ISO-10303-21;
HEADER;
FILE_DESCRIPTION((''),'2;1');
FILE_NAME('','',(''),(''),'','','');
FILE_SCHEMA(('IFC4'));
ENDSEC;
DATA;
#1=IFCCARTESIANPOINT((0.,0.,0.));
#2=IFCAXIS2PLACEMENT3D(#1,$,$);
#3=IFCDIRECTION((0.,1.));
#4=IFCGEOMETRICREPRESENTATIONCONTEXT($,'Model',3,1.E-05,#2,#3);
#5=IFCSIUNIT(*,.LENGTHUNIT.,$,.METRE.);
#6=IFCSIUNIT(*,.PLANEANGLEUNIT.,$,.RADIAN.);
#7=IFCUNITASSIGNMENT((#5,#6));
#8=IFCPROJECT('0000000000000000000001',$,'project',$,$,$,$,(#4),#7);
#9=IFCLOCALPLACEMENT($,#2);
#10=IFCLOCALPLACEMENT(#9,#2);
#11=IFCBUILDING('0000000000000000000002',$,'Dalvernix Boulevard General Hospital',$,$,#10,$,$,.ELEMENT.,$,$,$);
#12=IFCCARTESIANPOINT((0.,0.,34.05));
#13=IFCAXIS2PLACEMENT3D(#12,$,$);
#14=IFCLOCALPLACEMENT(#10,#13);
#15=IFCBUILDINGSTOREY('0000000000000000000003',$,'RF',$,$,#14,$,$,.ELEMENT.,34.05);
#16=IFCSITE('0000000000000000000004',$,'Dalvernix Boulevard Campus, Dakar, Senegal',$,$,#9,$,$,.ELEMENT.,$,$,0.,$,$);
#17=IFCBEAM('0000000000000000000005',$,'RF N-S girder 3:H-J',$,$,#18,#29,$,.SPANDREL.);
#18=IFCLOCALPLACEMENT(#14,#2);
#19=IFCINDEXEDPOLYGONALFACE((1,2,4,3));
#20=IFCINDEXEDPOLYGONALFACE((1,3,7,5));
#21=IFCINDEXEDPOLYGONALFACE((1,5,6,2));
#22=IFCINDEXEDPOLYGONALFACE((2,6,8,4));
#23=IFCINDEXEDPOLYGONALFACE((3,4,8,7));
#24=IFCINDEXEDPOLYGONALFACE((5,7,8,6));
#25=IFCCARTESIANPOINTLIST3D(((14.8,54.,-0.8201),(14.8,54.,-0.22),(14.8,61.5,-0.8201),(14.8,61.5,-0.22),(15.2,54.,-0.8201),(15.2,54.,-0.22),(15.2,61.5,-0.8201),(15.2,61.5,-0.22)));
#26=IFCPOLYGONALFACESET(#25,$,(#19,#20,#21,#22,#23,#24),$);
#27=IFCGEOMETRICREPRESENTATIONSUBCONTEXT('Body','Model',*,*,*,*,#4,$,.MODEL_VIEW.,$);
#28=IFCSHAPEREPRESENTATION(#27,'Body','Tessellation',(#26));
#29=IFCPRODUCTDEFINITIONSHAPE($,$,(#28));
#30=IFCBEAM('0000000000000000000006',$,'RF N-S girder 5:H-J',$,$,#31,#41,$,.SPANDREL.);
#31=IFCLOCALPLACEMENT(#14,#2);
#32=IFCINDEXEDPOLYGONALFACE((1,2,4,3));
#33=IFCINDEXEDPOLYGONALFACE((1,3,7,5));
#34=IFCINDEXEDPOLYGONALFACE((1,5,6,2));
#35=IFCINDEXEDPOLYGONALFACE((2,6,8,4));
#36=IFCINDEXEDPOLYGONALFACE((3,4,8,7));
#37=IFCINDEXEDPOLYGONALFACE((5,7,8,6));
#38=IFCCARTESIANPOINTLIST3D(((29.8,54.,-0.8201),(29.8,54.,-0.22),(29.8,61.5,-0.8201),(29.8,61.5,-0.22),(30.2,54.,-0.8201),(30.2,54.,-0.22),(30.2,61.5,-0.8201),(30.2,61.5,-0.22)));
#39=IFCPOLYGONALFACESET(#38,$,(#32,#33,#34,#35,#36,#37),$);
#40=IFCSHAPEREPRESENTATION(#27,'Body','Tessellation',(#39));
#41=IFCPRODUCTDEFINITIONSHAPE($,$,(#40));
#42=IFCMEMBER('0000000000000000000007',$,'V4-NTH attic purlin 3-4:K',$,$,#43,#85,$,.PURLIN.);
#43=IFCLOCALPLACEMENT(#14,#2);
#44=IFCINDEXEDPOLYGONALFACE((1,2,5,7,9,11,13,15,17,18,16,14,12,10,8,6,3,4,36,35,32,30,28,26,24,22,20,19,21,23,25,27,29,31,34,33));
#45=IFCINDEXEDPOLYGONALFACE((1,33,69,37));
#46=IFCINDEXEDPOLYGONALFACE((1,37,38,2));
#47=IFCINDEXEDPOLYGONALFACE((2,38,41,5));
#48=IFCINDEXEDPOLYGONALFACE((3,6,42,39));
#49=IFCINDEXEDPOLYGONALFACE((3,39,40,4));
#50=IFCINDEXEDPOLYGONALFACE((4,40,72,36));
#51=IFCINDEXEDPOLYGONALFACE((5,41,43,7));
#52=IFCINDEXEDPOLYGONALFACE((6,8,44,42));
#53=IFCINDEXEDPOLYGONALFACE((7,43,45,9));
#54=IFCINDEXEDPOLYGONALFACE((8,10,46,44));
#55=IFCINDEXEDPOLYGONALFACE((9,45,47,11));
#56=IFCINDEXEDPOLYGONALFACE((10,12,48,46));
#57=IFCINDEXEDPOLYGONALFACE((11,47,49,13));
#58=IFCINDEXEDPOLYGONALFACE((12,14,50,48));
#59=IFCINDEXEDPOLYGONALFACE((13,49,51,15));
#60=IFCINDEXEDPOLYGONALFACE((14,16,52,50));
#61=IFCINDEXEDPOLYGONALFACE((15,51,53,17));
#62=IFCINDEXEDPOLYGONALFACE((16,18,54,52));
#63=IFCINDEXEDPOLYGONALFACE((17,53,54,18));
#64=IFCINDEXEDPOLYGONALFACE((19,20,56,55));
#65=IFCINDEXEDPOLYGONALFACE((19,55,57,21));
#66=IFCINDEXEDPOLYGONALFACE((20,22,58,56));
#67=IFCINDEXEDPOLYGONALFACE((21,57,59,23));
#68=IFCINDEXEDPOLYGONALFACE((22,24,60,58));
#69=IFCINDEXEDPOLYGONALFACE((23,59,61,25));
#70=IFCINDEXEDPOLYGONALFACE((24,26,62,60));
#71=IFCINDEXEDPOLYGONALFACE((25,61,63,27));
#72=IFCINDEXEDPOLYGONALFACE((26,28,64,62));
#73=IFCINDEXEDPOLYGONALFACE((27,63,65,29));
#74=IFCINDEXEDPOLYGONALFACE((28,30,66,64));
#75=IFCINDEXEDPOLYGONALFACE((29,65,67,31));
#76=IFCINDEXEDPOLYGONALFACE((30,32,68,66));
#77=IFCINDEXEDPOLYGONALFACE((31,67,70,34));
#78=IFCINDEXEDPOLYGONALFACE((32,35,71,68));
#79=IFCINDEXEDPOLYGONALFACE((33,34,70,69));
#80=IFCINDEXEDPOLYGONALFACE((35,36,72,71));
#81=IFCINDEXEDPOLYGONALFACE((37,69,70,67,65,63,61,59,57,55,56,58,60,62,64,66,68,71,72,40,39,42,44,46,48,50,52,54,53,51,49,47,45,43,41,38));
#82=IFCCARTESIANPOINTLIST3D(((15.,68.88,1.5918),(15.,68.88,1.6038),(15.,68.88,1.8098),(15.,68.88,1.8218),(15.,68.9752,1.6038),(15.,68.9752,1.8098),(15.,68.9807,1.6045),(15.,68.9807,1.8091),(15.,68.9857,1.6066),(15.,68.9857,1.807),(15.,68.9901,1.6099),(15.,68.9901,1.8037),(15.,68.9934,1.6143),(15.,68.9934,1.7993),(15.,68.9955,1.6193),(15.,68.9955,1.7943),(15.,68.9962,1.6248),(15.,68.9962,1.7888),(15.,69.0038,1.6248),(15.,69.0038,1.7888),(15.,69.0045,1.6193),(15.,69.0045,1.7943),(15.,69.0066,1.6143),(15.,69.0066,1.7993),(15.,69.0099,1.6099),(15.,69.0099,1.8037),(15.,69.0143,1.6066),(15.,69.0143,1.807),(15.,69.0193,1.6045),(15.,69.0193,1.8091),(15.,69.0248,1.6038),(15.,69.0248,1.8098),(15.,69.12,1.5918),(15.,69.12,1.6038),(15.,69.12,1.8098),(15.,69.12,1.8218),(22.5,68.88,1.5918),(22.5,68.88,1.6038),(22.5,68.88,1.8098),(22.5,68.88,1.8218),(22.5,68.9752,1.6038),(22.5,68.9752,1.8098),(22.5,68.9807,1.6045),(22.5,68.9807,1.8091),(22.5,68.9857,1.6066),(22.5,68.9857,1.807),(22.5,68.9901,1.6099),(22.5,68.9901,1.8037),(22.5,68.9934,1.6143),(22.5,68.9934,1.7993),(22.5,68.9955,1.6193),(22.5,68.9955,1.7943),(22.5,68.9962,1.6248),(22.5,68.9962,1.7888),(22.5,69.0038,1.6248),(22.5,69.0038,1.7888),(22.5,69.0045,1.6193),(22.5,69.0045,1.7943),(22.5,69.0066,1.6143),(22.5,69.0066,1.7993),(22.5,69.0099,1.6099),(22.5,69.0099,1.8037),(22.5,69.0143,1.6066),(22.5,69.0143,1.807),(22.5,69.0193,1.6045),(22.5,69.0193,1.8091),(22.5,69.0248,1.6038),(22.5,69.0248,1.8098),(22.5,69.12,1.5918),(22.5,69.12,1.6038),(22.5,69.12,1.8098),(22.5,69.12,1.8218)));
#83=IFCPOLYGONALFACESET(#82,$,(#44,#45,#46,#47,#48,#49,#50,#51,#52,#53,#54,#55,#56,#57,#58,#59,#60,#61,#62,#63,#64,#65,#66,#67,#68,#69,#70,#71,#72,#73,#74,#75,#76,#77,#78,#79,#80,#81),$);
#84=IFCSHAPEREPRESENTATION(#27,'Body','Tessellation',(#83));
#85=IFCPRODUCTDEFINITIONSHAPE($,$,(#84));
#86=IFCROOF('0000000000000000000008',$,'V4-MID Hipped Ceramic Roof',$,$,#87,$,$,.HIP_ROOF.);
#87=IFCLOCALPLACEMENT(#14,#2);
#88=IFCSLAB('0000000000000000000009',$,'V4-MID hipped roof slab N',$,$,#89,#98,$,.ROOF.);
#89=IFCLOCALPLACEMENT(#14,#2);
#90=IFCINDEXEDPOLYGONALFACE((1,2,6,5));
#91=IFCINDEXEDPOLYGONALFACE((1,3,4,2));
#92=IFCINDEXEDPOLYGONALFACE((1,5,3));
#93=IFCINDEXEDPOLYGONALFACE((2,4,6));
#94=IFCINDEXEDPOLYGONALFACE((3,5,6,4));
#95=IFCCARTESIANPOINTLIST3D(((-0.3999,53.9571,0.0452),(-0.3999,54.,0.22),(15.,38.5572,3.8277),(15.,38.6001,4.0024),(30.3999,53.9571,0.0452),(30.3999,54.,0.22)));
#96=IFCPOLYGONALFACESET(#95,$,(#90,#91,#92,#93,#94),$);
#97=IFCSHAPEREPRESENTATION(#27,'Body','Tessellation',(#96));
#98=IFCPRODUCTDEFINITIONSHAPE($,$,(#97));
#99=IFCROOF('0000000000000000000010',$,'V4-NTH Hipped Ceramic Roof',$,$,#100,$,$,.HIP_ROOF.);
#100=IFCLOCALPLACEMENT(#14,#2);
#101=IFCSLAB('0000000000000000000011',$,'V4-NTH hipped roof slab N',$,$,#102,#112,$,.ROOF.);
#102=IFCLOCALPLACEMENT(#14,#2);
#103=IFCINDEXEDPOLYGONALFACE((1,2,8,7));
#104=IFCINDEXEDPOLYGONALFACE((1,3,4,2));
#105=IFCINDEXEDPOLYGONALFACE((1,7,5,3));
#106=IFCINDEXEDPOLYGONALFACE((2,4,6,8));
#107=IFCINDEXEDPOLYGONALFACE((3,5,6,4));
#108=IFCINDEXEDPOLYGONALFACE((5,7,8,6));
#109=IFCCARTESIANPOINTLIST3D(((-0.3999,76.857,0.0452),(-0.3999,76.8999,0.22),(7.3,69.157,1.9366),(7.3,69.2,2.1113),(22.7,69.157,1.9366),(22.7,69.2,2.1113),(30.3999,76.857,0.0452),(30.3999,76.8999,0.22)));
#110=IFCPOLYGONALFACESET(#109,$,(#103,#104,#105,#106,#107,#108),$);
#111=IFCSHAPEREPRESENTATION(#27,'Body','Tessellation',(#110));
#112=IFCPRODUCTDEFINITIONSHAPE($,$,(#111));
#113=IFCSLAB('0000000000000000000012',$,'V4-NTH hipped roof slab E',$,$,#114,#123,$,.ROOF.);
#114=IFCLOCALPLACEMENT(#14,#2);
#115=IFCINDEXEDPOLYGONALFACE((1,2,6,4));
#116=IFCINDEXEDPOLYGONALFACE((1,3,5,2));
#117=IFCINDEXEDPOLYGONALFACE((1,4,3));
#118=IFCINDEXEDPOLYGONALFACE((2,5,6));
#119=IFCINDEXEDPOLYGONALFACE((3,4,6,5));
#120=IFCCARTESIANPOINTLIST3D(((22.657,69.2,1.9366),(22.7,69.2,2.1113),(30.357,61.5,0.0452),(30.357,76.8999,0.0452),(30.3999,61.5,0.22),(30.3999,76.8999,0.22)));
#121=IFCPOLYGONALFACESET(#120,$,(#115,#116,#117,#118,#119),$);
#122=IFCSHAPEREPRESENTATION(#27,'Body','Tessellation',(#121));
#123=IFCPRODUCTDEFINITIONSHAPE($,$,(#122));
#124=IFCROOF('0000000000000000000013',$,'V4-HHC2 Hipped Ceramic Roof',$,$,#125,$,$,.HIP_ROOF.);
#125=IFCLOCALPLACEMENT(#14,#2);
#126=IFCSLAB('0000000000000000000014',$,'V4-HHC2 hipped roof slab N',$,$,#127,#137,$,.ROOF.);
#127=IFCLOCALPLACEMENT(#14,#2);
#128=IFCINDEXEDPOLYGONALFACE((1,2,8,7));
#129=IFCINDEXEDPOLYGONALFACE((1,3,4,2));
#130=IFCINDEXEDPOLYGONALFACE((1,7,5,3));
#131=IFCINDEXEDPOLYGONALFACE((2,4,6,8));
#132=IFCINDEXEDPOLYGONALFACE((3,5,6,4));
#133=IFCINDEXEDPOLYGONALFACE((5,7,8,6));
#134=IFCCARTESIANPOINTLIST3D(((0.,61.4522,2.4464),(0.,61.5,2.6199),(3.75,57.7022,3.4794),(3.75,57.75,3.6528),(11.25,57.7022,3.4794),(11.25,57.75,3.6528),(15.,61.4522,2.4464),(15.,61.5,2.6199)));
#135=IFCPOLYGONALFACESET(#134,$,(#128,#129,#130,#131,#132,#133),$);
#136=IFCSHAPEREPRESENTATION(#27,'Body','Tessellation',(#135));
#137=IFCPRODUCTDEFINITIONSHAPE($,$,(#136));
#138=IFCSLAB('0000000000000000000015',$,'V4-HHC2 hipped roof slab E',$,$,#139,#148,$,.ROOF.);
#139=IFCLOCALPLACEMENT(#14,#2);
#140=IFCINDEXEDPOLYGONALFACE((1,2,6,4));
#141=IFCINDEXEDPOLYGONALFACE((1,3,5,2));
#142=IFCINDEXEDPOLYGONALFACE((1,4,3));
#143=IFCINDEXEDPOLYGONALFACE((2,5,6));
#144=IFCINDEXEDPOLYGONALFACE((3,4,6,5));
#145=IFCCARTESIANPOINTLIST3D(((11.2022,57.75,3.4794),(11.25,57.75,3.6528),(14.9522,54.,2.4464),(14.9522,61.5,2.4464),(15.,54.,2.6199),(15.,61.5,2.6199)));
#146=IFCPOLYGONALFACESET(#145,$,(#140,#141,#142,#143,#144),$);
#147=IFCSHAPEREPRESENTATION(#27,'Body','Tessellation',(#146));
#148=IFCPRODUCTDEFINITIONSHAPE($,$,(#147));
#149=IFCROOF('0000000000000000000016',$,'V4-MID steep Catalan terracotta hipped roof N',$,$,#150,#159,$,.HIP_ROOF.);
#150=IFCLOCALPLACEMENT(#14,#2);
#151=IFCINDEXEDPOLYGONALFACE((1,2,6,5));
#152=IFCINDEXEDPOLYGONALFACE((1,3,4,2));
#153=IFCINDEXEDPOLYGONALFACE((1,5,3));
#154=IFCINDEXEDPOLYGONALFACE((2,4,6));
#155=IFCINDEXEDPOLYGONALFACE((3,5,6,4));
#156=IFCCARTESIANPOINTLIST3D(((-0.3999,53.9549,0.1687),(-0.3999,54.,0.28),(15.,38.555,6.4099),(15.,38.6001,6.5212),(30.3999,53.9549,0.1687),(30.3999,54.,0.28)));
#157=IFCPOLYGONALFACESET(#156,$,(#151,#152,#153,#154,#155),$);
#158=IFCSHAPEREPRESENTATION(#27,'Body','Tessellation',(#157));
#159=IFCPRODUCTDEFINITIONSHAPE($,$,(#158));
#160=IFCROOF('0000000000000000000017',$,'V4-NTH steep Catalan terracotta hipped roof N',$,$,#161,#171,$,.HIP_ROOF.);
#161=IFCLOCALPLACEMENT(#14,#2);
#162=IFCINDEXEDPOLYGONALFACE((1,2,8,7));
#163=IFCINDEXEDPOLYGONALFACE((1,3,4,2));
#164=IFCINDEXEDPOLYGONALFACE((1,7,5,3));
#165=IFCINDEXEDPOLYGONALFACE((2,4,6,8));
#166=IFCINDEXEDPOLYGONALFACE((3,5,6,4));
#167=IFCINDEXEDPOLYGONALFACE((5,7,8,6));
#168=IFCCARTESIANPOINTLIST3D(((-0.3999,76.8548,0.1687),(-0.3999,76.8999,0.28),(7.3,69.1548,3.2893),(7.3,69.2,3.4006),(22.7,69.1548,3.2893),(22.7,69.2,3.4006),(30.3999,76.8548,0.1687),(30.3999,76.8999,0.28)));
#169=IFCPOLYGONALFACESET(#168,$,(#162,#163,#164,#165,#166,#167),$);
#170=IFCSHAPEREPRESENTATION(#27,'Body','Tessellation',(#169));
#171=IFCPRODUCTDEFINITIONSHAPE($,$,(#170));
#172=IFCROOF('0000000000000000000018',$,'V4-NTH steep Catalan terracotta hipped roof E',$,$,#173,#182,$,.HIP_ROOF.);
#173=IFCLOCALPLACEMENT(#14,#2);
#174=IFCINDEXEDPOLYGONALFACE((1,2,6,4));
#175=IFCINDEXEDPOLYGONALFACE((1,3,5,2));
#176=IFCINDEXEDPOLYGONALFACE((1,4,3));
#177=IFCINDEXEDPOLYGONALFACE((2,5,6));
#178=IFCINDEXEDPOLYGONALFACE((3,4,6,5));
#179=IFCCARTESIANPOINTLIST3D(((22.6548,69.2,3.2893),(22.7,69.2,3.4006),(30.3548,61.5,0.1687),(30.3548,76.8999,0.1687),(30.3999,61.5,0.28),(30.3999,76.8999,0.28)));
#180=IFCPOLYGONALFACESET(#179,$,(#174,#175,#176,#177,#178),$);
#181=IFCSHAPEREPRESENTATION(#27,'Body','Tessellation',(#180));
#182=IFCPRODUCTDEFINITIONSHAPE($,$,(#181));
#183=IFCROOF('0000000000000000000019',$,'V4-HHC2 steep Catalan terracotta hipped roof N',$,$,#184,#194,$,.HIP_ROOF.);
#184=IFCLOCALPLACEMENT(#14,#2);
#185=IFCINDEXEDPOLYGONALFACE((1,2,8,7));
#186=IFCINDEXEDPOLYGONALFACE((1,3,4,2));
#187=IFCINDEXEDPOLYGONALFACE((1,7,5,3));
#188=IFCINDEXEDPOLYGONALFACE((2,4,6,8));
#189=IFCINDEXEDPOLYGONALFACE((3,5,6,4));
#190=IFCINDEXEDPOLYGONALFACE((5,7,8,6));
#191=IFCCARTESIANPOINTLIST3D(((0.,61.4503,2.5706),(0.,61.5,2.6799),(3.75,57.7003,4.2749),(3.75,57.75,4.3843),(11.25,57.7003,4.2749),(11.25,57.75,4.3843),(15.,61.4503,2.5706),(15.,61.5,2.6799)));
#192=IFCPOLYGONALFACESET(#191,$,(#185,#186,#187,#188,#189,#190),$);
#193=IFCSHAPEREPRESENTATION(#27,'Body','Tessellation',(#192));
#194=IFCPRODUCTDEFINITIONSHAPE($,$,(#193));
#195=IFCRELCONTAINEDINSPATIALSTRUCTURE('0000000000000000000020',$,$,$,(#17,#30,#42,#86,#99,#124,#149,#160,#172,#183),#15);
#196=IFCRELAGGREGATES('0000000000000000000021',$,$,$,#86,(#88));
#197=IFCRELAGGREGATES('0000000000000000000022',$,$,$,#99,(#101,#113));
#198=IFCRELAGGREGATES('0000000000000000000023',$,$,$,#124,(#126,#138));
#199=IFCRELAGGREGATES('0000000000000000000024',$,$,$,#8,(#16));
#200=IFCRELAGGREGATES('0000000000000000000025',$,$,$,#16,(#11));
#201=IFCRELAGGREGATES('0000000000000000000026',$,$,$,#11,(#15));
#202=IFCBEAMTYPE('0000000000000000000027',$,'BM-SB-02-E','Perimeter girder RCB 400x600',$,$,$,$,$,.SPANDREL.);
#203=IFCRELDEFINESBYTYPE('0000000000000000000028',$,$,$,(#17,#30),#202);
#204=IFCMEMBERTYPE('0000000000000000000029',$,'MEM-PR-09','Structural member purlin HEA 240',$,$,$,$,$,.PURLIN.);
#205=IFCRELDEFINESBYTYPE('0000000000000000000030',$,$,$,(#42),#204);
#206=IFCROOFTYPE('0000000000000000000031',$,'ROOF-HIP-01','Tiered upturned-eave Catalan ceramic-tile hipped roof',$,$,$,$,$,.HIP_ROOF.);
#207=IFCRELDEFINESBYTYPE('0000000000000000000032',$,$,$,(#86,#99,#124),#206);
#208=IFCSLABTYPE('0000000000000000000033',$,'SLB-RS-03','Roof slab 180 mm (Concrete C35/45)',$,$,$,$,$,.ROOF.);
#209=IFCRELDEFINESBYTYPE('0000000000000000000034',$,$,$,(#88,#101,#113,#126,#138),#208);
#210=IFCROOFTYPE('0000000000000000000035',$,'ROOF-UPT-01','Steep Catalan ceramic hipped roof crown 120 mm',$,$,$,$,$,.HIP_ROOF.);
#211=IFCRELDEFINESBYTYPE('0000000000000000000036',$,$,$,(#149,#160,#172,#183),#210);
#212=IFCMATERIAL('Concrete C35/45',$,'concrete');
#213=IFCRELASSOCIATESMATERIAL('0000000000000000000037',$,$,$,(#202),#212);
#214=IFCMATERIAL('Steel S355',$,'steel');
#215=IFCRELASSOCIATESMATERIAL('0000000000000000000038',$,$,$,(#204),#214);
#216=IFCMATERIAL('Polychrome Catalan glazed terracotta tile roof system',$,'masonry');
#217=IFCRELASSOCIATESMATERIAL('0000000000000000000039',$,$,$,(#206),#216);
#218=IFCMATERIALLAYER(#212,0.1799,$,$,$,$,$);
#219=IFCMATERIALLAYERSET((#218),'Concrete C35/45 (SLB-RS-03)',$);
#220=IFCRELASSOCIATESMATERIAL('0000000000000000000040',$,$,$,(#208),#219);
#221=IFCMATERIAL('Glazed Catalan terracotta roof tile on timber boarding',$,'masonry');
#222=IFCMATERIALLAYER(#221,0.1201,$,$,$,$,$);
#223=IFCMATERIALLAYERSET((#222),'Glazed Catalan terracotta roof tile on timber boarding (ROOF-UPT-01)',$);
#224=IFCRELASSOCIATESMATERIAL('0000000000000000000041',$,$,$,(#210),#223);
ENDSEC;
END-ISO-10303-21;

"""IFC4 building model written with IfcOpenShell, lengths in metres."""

from ifc_helpers import new_model, si_unit, direction, frame, origin, origin_2d, place, context, subcontext, project, spatial, polyline, rectangle, i_section, outline, extrude, material, layer, layer_set, material_profile, profile_set, type_object, element, aggregate, save


model = new_model("IFC4")

# Units and contexts
model_context = context("Model", 3, precision=1e-05, world=origin(), true_north=direction((0.0, 1.0)))
body_context = subcontext(model_context, "Body", "Model", "MODEL_VIEW")
ifc_project = project(units=[si_unit("LENGTHUNIT", "METRE"), si_unit("PLANEANGLEUNIT", "RADIAN")], contexts=[model_context])

# Site, building, storey
site_placement = place(None, origin())
site = spatial("IfcSite", under=ifc_project, at=site_placement, Name="Dalvernix Boulevard Campus, Dakar, Senegal", CompositionType="ELEMENT", RefElevation=0.0)
building_placement = place(site_placement, origin())
building = spatial("IfcBuilding", under=site, at=building_placement, Name="Dalvernix Boulevard General Hospital", CompositionType="ELEMENT")
storey_placement = place(building_placement, frame((0.0, 0.0, 34.05)))
storey = spatial("IfcBuildingStorey", under=building, at=storey_placement, Name="RF", CompositionType="ELEMENT", Elevation=34.05)

# Shared definitions
ifc_material_1 = material(Name="Steel S355", Category="steel")

# Beams
ifc_material_2 = material(Name="Concrete C35/45", Category="concrete")
ifc_material_profile_1 = material_profile(ifc_material_2, rectangle(XDim=0.3999, YDim=0.6001, at=origin_2d()), Name="RCB 400x600")
ifc_profile_set_1 = profile_set([ifc_material_profile_1], Name="Concrete C35/45")
beam_type_1 = type_object("IfcBeamType", Name="BM-SB-02-E", Description="Perimeter girder RCB 400x600", PredefinedType="SPANDREL", material=ifc_profile_set_1)
for number, where, z_axis, x_axis, name in (
    (1, (15.0, 54.0, -0.52), (0.0, 1.0, 0.0), (-1.0, 0.0, 0.0), "RF N-S girder 3:H-J"),
    (2, (30.0, 54.0, -0.52), (0.0, 1.0, 0.0), (-1.0, 0.0, 0.0), "RF N-S girder 5:H-J"),
):
    element("IfcBeam", number, at=place(storey_placement, frame(where, z_axis=z_axis, x_axis=x_axis)), inside=storey, type_object=beam_type_1, Name=name, PredefinedType="SPANDREL", context=body_context, shape_type="SweptSolid", body=[
        extrude(rectangle(XDim=0.3999, YDim=0.6001, at=origin_2d()), origin(), (0.0, 0.0, 1.0), 7.5),
    ])

# Member
ifc_material_profile_2 = material_profile(ifc_material_1, i_section(OverallWidth=0.24, OverallDepth=0.23, WebThickness=0.0076, FlangeThickness=0.012, FilletRadius=0.021, at=origin_2d()), Name="HEA 240")
ifc_profile_set_2 = profile_set([ifc_material_profile_2], Name="Steel S355")
member_type = type_object("IfcMemberType", Name="MEM-PR-09", Description="Structural member purlin HEA 240", PredefinedType="PURLIN", material=ifc_profile_set_2)
member_placement = place(storey_placement, frame((15.0, 69.0, 1.7068), z_axis=(1.0, 0.0, 0.0), x_axis=(0.0, 1.0, 0.0)))
element("IfcMember", 3, at=member_placement, inside=storey, type_object=member_type, Name="V4-NTH attic purlin 3-4:K", PredefinedType="PURLIN", context=body_context, shape_type="SweptSolid", body=[
    extrude(i_section(OverallWidth=0.24, OverallDepth=0.23, WebThickness=0.0076, FlangeThickness=0.012, FilletRadius=0.021, at=origin_2d()), origin(), (0.0, 0.0, 1.0), 7.5),
])

# Roof, slab
ifc_material_3 = material(Name="Polychrome Catalan glazed terracotta tile roof system", Category="masonry")
roof_type_1 = type_object("IfcRoofType", Name="ROOF-HIP-01", Description="Tiered upturned-eave Catalan ceramic-tile hipped roof", PredefinedType="HIP_ROOF", material=ifc_material_3)
roof_1_placement = place(storey_placement, origin())
roof_1 = element("IfcRoof", 4, at=roof_1_placement, inside=storey, type_object=roof_type_1, Name="V4-MID Hipped Ceramic Roof", PredefinedType="HIP_ROOF")
ifc_layer_1 = layer(ifc_material_2, 0.1799)
ifc_layer_set_1 = layer_set([ifc_layer_1], Name="Concrete C35/45 (SLB-RS-03)")
slab_type = type_object("IfcSlabType", Name="SLB-RS-03", Description="Roof slab 180 mm (Concrete C35/45)", PredefinedType="ROOF", material=ifc_layer_set_1)
slab_1_placement = place(storey_placement, frame((30.3999, 54.0, 0.22), z_axis=(0.0, 0.238527, 0.971136), x_axis=(-1.0, 0.0, 0.0)))
slab_1 = element("IfcSlab", 5, at=slab_1_placement, type_object=slab_type, Name="V4-MID hipped roof slab N", PredefinedType="ROOF", context=body_context, shape_type="SweptSolid", body=[
    extrude(outline(polyline([(0.0, 0.0), (30.7998, 0.0), (15.3999, 15.8576), (0.0, 0.0)])), origin(), (0.0, 0.0, -1.0), 0.1799),
])
aggregate(roof_1, [slab_1])

# Roofs, slabs
roof_2_placement = place(storey_placement, origin())
roof_2 = element("IfcRoof", 6, at=roof_2_placement, inside=storey, type_object=roof_type_1, Name="V4-NTH Hipped Ceramic Roof", PredefinedType="HIP_ROOF")
slab_2_placement = place(storey_placement, frame((30.3999, 76.8999, 0.22), z_axis=(0.0, 0.238542, 0.971132), x_axis=(-1.0, 0.0, 0.0)))
slab_2 = element("IfcSlab", 7, at=slab_2_placement, type_object=slab_type, Name="V4-NTH hipped roof slab N", PredefinedType="ROOF", context=body_context, shape_type="SweptSolid", body=[
    extrude(outline(polyline([(0.0, 0.0), (30.7998, 0.0), (23.0999, 7.9288), (7.7, 7.9288), (0.0, 0.0)])), origin(), (0.0, 0.0, -1.0), 0.1799),
])
slab_3_placement = place(storey_placement, frame((30.3999, 61.5, 0.22), z_axis=(0.238542, 0.0, 0.971132), x_axis=(0.0, 1.0, 0.0)))
slab_3 = element("IfcSlab", 8, at=slab_3_placement, type_object=slab_type, Name="V4-NTH hipped roof slab E", PredefinedType="ROOF", context=body_context, shape_type="SweptSolid", body=[
    extrude(outline(polyline([(0.0, 0.0), (15.3999, 0.0), (7.7, 7.9288), (0.0, 0.0)])), origin(), (0.0, 0.0, -1.0), 0.1799),
])
aggregate(roof_2, [slab_2, slab_3])
roof_3_placement = place(storey_placement, origin())
roof_3 = element("IfcRoof", 9, at=roof_3_placement, inside=storey, type_object=roof_type_1, Name="V4-HHC2 Hipped Ceramic Roof", PredefinedType="HIP_ROOF")
slab_4_placement = place(storey_placement, frame((15.0, 61.5, 2.6199), z_axis=(0.0, 0.265565, 0.964093), x_axis=(-1.0, 0.0, 0.0)))
slab_4 = element("IfcSlab", 10, at=slab_4_placement, type_object=slab_type, Name="V4-HHC2 hipped roof slab N", PredefinedType="ROOF", context=body_context, shape_type="SweptSolid", body=[
    extrude(outline(polyline([(0.0, 0.0), (15.0, 0.0), (11.25, 3.8897), (3.75, 3.8897), (0.0, 0.0)])), origin(), (0.0, 0.0, -1.0), 0.1799),
])
slab_5_placement = place(storey_placement, frame((15.0, 54.0, 2.6199), z_axis=(0.265565, 0.0, 0.964093), x_axis=(0.0, 1.0, 0.0)))
slab_5 = element("IfcSlab", 11, at=slab_5_placement, type_object=slab_type, Name="V4-HHC2 hipped roof slab E", PredefinedType="ROOF", context=body_context, shape_type="SweptSolid", body=[
    extrude(outline(polyline([(0.0, 0.0), (7.5, 0.0), (3.75, 3.8897), (0.0, 0.0)])), origin(), (0.0, 0.0, -1.0), 0.1799),
])
aggregate(roof_3, [slab_4, slab_5])

# Roofs
ifc_material_4 = material(Name="Glazed Catalan terracotta roof tile on timber boarding", Category="masonry")
ifc_layer_2 = layer(ifc_material_4, 0.1201)
ifc_layer_set_2 = layer_set([ifc_layer_2], Name="Glazed Catalan terracotta roof tile on timber boarding (ROOF-UPT-01)")
roof_type_2 = type_object("IfcRoofType", Name="ROOF-UPT-01", Description="Steep Catalan ceramic hipped roof crown 120 mm", PredefinedType="HIP_ROOF", material=ifc_layer_set_2)
roof_4_placement = place(storey_placement, frame((30.3999, 54.0, 0.28), z_axis=(0.0, 0.375602, 0.926781), x_axis=(-1.0, 0.0, 0.0)))
element("IfcRoof", 12, at=roof_4_placement, inside=storey, type_object=roof_type_2, Name="V4-MID steep Catalan terracotta hipped roof N", PredefinedType="HIP_ROOF", context=body_context, shape_type="SweptSolid", body=[
    extrude(outline(polyline([(0.0, 0.0), (30.7998, 0.0), (15.3999, 16.6165), (0.0, 0.0)])), origin(), (0.0, 0.0, -1.0), 0.1201),
])
roof_5_placement = place(storey_placement, frame((30.3999, 76.8999, 0.28), z_axis=(0.0, 0.375602, 0.926781), x_axis=(-1.0, 0.0, 0.0)))
element("IfcRoof", 13, at=roof_5_placement, inside=storey, type_object=roof_type_2, Name="V4-NTH steep Catalan terracotta hipped roof N", PredefinedType="HIP_ROOF", context=body_context, shape_type="SweptSolid", body=[
    extrude(outline(polyline([(0.0, 0.0), (30.7998, 0.0), (23.0999, 8.3083), (7.7, 8.3083), (0.0, 0.0)])), origin(), (0.0, 0.0, -1.0), 0.1201),
])
roof_6_placement = place(storey_placement, frame((30.3999, 61.5, 0.28), z_axis=(0.375602, 0.0, 0.926781), x_axis=(0.0, 1.0, 0.0)))
element("IfcRoof", 14, at=roof_6_placement, inside=storey, type_object=roof_type_2, Name="V4-NTH steep Catalan terracotta hipped roof E", PredefinedType="HIP_ROOF", context=body_context, shape_type="SweptSolid", body=[
    extrude(outline(polyline([(0.0, 0.0), (15.3999, 0.0), (7.7, 8.3083), (0.0, 0.0)])), origin(), (0.0, 0.0, -1.0), 0.1201),
])
roof_7_placement = place(storey_placement, frame((15.0, 61.5, 2.6799), z_axis=(0.0, 0.413763, 0.910385), x_axis=(-1.0, 0.0, 0.0)))
element("IfcRoof", 15, at=roof_7_placement, inside=storey, type_object=roof_type_2, Name="V4-HHC2 steep Catalan terracotta hipped roof N", PredefinedType="HIP_ROOF", context=body_context, shape_type="SweptSolid", body=[
    extrude(outline(polyline([(0.0, 0.0), (15.0, 0.0), (11.25, 4.1191), (3.75, 4.1191), (0.0, 0.0)])), origin(), (0.0, 0.0, -1.0), 0.1201),
])

save(model, "model.ifc")
